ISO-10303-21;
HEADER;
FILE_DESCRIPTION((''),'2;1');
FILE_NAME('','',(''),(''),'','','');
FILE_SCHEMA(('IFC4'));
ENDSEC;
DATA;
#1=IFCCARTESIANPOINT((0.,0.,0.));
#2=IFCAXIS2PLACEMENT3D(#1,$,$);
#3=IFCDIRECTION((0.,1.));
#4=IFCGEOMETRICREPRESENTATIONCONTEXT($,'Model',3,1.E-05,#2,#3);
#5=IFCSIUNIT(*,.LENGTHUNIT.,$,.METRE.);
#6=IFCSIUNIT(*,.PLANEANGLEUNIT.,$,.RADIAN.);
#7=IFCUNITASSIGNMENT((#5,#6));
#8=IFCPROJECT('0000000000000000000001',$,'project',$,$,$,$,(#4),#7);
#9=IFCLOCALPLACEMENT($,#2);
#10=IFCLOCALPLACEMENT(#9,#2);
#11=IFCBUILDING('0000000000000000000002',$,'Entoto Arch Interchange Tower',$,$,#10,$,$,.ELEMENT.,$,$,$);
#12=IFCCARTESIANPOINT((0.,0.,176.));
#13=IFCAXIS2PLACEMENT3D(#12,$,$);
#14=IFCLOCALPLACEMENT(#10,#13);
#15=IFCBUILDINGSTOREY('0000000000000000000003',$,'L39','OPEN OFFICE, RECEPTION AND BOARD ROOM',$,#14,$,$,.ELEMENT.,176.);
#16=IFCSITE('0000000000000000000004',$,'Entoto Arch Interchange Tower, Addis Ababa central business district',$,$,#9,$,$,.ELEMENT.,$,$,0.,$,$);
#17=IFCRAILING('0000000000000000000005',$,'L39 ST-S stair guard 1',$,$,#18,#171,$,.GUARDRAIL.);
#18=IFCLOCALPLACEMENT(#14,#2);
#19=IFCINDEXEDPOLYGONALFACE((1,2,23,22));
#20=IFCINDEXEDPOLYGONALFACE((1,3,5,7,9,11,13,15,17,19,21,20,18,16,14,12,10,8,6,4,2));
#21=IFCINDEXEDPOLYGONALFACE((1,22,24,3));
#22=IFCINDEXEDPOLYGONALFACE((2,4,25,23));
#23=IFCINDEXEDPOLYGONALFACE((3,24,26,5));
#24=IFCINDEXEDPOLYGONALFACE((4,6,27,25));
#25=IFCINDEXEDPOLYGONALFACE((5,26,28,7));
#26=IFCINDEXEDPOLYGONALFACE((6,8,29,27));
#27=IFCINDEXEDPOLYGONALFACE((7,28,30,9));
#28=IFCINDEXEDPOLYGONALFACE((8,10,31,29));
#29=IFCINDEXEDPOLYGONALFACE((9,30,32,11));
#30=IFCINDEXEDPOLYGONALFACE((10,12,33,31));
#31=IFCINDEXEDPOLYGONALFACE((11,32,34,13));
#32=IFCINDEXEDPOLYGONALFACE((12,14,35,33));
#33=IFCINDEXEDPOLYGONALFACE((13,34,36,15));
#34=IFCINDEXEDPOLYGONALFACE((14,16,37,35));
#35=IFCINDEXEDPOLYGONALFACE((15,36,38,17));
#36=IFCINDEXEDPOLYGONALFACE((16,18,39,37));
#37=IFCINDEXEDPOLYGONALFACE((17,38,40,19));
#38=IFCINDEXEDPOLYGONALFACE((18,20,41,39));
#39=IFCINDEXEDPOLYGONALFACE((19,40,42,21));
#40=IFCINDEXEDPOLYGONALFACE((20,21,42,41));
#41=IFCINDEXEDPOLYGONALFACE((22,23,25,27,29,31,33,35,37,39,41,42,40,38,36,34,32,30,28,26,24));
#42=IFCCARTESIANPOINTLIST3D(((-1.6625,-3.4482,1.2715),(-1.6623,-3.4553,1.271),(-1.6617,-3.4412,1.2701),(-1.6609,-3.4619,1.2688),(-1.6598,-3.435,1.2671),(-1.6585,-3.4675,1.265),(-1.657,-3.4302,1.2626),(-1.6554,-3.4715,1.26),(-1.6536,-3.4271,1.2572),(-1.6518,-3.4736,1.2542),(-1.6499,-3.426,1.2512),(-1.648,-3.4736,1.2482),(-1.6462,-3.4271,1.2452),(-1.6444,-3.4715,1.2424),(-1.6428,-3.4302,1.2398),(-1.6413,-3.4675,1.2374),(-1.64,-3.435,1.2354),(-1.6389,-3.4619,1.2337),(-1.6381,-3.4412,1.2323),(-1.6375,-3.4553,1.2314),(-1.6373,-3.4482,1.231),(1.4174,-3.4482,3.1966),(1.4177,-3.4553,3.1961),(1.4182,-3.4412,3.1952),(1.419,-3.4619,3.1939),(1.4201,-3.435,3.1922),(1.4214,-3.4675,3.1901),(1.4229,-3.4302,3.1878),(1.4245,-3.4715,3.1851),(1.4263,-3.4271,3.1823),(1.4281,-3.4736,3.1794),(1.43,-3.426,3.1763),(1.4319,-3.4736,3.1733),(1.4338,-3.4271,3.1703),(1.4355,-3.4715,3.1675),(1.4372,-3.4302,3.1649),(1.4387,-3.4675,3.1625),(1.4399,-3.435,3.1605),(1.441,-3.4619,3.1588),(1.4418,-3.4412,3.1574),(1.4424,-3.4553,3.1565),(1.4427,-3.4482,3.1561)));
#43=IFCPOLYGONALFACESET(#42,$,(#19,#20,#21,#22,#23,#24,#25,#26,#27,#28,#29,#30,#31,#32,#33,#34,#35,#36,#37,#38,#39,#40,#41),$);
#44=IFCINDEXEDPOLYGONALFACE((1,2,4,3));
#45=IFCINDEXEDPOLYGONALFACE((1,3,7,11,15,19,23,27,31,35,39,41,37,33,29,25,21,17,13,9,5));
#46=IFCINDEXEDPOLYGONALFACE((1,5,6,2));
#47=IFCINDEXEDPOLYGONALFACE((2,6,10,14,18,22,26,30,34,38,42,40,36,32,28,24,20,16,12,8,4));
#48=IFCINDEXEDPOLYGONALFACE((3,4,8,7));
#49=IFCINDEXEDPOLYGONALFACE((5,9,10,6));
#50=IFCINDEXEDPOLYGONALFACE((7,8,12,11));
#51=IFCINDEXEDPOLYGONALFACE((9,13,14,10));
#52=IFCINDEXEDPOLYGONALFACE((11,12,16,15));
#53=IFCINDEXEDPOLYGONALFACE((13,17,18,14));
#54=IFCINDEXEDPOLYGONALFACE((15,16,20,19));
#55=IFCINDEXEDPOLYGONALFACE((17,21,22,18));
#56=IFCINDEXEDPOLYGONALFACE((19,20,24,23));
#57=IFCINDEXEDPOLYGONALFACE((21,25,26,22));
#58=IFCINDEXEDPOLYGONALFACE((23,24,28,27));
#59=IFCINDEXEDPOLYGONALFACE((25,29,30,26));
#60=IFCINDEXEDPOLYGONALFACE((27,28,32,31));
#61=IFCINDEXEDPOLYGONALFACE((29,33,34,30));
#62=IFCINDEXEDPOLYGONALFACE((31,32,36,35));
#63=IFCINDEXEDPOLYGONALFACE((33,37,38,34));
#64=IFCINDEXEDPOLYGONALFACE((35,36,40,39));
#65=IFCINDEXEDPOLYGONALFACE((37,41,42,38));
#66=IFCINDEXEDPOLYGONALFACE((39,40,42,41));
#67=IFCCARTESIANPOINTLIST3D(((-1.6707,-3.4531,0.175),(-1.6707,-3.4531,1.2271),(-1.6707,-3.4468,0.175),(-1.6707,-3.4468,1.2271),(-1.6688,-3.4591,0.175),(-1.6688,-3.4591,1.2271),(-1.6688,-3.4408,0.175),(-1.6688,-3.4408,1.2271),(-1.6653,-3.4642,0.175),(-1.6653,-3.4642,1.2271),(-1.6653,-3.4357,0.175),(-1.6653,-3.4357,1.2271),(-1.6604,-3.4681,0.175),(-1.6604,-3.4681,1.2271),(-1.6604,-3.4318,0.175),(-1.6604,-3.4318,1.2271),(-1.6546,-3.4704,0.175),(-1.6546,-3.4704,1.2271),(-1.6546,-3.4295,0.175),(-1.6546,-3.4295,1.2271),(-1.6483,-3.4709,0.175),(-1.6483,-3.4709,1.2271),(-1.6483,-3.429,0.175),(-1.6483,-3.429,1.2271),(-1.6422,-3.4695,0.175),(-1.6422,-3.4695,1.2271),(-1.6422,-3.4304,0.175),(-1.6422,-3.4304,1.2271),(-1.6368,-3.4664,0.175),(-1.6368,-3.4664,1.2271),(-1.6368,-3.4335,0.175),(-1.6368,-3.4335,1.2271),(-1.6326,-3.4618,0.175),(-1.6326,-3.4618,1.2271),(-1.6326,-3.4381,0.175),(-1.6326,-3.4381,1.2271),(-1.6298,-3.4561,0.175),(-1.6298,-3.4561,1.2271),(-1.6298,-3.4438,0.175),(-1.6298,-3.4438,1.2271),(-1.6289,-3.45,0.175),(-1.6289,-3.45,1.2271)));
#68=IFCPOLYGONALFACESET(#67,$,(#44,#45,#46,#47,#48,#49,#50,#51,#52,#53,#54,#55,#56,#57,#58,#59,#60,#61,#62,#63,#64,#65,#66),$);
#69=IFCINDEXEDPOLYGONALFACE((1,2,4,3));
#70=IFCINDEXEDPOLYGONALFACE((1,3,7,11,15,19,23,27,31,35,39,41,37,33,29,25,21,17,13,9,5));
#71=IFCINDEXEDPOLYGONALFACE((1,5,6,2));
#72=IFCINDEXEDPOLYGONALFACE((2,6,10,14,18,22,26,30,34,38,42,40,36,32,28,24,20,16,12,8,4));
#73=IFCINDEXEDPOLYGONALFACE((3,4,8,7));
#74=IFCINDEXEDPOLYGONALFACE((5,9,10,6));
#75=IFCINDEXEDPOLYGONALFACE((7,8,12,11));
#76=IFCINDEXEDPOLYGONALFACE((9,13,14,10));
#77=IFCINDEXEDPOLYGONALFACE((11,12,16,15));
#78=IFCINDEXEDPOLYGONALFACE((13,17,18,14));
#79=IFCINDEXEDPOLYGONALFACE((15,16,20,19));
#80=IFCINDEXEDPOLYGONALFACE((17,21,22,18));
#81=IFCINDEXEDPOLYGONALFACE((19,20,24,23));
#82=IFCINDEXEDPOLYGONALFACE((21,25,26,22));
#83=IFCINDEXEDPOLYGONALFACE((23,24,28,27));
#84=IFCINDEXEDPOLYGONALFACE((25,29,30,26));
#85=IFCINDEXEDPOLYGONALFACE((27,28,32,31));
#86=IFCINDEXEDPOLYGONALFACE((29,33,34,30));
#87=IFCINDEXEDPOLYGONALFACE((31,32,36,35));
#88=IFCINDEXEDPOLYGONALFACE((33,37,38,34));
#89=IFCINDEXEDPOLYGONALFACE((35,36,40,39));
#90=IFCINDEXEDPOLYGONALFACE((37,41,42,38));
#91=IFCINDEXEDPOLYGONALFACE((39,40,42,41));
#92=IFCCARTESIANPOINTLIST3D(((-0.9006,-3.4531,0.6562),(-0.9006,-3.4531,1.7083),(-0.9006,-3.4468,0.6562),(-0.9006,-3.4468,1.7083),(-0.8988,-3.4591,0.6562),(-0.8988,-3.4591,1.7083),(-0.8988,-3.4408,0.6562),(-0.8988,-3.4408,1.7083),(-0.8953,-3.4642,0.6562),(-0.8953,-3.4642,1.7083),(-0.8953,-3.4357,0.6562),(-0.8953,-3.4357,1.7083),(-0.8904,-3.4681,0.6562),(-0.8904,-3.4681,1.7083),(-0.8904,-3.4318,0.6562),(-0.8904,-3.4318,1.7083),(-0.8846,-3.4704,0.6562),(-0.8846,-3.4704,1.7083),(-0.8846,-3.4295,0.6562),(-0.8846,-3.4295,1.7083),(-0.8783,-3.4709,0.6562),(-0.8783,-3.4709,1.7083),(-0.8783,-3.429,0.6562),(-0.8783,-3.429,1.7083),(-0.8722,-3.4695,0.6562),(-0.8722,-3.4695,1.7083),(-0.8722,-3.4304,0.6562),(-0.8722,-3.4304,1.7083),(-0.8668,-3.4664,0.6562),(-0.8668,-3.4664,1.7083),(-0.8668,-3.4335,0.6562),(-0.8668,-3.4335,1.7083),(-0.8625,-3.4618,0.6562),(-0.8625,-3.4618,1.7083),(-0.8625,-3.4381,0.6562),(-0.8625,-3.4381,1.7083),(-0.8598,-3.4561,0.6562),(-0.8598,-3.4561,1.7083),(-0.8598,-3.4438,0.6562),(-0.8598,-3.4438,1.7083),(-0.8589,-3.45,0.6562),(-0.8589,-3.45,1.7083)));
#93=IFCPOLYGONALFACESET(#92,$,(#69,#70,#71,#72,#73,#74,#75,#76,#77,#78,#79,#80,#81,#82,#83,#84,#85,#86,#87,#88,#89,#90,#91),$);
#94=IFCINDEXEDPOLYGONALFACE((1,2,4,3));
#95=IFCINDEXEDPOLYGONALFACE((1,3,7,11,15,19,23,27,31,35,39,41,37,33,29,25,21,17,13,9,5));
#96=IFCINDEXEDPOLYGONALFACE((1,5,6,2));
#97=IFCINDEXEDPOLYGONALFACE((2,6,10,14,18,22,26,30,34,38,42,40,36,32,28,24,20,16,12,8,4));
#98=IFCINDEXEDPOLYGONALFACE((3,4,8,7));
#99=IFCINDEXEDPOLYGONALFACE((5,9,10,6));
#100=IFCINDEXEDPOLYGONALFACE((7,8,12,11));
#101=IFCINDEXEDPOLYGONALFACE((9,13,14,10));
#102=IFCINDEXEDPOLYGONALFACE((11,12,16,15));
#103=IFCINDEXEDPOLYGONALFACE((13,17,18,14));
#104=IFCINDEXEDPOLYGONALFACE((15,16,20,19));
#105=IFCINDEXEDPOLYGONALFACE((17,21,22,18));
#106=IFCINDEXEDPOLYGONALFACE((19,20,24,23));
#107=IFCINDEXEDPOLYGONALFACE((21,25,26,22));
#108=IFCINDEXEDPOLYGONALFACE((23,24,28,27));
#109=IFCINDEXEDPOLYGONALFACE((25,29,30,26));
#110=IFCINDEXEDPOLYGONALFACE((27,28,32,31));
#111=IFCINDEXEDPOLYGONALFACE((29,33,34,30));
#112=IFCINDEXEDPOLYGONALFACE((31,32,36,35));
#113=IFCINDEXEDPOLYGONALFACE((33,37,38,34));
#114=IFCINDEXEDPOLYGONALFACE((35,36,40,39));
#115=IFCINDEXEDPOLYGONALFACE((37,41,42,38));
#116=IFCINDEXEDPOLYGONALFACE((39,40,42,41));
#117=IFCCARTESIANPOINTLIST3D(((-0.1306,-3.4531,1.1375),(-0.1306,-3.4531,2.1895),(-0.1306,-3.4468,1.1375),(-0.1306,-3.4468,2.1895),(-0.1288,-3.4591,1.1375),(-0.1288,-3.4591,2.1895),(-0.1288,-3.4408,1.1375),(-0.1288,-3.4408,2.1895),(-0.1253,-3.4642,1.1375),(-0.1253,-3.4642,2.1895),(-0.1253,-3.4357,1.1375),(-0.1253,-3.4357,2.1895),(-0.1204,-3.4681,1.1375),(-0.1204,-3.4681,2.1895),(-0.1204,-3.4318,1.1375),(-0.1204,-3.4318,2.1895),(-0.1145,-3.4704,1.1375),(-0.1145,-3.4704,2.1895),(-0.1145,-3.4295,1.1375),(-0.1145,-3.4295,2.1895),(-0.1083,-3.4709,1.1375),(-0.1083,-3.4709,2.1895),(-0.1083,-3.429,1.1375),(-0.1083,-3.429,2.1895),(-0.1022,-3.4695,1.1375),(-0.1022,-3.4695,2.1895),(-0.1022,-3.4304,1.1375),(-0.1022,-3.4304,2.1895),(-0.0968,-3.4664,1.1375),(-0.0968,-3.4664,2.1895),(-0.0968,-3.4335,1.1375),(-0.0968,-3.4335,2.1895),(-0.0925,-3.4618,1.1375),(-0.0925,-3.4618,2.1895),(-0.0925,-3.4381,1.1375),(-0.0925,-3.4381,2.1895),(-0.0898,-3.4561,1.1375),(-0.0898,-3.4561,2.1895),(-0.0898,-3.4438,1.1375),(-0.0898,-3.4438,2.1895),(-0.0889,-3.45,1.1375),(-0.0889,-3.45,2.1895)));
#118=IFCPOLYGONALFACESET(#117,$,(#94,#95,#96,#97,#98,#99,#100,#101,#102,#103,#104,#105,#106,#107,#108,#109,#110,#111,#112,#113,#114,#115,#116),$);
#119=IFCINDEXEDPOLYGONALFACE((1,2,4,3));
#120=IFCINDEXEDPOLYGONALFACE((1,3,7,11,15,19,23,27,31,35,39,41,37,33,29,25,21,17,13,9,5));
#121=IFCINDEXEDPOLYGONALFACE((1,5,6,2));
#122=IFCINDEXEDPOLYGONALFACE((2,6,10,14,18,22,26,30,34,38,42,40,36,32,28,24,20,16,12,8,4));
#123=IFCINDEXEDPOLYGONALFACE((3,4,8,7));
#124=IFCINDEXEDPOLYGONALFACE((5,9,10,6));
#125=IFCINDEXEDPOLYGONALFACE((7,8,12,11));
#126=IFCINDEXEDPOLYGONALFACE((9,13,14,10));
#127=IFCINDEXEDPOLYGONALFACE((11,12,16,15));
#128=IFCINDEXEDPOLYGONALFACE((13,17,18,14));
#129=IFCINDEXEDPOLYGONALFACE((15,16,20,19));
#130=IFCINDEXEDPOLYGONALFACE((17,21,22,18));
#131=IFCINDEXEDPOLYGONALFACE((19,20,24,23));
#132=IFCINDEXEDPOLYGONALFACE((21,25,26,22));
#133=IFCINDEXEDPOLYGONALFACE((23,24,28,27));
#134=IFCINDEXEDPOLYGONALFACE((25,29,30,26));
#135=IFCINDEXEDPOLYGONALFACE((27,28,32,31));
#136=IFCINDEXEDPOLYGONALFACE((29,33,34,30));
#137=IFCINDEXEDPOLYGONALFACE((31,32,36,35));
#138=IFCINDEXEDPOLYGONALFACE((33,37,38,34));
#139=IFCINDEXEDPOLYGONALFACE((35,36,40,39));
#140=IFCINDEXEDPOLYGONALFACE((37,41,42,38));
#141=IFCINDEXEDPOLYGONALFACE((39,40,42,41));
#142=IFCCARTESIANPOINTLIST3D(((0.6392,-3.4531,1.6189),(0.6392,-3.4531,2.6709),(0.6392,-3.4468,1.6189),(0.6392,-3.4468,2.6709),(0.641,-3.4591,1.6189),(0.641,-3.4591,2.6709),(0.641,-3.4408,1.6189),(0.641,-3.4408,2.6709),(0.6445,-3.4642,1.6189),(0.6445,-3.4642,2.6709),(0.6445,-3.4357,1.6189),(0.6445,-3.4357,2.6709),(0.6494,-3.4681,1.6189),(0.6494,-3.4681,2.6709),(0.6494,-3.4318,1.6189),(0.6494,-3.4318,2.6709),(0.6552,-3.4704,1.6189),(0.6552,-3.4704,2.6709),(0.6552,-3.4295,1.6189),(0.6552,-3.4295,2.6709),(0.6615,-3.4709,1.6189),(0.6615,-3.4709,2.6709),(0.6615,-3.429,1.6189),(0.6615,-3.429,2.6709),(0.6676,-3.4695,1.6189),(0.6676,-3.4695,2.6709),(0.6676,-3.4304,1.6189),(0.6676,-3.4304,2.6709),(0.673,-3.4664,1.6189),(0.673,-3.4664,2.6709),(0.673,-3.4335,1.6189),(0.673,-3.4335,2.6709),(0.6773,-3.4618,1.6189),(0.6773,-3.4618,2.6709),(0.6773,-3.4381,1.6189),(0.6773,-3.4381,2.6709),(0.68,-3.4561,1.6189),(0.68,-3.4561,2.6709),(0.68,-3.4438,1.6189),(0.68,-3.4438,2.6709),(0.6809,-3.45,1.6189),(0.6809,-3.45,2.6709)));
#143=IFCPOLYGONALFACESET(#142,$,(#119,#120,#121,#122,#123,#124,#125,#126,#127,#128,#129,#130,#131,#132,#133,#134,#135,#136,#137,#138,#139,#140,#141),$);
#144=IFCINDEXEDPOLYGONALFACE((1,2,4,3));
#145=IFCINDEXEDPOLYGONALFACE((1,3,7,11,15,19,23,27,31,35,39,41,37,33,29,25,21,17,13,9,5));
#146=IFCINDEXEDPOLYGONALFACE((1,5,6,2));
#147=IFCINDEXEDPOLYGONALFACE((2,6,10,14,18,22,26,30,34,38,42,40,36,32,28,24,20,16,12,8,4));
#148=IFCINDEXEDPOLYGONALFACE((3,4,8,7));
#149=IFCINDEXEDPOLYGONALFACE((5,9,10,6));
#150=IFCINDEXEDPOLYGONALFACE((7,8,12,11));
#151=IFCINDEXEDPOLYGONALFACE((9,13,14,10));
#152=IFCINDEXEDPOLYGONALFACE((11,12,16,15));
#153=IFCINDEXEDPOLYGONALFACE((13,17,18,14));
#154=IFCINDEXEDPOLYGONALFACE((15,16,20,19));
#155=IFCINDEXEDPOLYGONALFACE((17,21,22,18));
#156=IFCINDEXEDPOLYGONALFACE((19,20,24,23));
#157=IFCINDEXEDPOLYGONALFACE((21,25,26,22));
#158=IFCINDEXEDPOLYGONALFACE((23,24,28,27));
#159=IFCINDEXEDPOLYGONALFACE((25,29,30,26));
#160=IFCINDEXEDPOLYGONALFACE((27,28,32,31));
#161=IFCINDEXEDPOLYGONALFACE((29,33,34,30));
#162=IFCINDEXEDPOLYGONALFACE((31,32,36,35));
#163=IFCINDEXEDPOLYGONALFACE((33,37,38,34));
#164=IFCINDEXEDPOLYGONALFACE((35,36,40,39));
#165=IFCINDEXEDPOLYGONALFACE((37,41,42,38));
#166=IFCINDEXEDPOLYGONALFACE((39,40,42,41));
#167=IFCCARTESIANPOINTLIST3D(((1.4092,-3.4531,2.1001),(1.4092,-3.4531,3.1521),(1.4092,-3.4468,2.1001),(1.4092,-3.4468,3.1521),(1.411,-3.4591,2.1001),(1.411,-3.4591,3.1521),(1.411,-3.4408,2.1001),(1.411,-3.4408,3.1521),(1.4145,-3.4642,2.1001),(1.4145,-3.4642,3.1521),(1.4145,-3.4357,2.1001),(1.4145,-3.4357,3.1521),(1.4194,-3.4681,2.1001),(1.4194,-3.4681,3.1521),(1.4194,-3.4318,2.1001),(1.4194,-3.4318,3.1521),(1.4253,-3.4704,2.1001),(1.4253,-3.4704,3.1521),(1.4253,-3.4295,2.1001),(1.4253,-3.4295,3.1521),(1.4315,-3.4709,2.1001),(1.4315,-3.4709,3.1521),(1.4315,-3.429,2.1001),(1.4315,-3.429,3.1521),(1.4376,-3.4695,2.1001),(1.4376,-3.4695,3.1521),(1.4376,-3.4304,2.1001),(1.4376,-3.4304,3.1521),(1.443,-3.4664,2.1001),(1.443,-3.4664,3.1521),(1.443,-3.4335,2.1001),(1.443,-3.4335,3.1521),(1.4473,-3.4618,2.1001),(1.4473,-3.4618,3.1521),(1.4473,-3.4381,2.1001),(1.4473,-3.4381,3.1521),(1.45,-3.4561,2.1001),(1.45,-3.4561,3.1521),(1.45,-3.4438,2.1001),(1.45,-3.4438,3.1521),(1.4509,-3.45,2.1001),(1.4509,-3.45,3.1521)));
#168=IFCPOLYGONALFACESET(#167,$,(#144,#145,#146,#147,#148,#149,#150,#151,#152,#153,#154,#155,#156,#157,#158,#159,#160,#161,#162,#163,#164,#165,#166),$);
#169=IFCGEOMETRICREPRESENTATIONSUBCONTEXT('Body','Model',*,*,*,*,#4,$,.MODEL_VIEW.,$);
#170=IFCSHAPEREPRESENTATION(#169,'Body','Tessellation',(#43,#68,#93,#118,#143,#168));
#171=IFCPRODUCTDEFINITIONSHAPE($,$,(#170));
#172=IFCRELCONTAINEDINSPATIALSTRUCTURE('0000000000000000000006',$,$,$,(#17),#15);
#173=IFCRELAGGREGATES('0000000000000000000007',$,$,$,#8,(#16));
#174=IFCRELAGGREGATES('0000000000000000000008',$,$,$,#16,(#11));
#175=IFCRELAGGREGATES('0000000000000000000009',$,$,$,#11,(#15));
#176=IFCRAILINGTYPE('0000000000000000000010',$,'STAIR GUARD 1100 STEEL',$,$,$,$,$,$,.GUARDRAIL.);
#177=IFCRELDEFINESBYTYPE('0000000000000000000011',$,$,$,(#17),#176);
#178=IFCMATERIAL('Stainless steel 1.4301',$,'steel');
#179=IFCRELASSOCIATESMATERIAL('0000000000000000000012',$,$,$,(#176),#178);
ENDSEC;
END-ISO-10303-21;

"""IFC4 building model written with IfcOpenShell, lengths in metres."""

from ifc_helpers import new_model, si_unit, direction, frame, origin, origin_2d, place, context, subcontext, project, spatial, circle, extrude, material, type_object, element, save


model = new_model("IFC4")

# Units and contexts
model_context = context("Model", 3, precision=1e-05, world=origin(), true_north=direction((0.0, 1.0)))
body_context = subcontext(model_context, "Body", "Model", "MODEL_VIEW")
ifc_project = project(units=[si_unit("LENGTHUNIT", "METRE"), si_unit("PLANEANGLEUNIT", "RADIAN")], contexts=[model_context])

# Site, building, storey
site_placement = place(None, origin())
site = spatial("IfcSite", under=ifc_project, at=site_placement, Name="Entoto Arch Interchange Tower, Addis Ababa central business district", CompositionType="ELEMENT", RefElevation=0.0)
building_placement = place(site_placement, origin())
building = spatial("IfcBuilding", under=site, at=building_placement, Name="Entoto Arch Interchange Tower", CompositionType="ELEMENT")
storey_placement = place(building_placement, frame((0.0, 0.0, 176.0)))
storey = spatial("IfcBuildingStorey", under=building, at=storey_placement, Name="L39", Description="OPEN OFFICE, RECEPTION AND BOARD ROOM", CompositionType="ELEMENT", Elevation=176.0)

# Railing
ifc_material_1 = material(Name="Stainless steel 1.4301", Category="steel")
railing_type_1 = type_object("IfcRailingType", Name="STAIR GUARD 1100 STEEL", PredefinedType="GUARDRAIL", material=ifc_material_1)
railing_1_placement = place(storey_placement, frame((-1.6499, -3.45, 0.175)))
element("IfcRailing", 1, at=railing_1_placement, inside=storey, type_object=railing_type_1, Name="L39 ST-S stair guard 1", PredefinedType="GUARDRAIL", context=body_context, shape_type="SweptSolid", body=[
    extrude(circle(Radius=0.0239, at=origin_2d()), frame((0.0, 0.0, 1.0762), z_axis=(0.847979, 0.0, 0.530029), x_axis=(0.0, 1.0, 0.0)), (0.0, 0.0, 1.0), 3.6321),
    extrude(circle(Radius=0.021, at=origin_2d()), origin(), (0.0, 0.0, 1.0), 1.052),
    extrude(circle(Radius=0.021, at=origin_2d()), frame((0.77, 0.0, 0.4812)), (0.0, 0.0, 1.0), 1.052),
    extrude(circle(Radius=0.021, at=origin_2d()), frame((1.54, 0.0, 0.9624)), (0.0, 0.0, 1.0), 1.052),
    extrude(circle(Radius=0.021, at=origin_2d()), frame((2.3098, 0.0, 1.4438)), (0.0, 0.0, 1.0), 1.052),
    extrude(circle(Radius=0.021, at=origin_2d()), frame((3.0798, 0.0, 1.925)), (0.0, 0.0, 1.0), 1.052),
])

save(model, "model.ifc")
